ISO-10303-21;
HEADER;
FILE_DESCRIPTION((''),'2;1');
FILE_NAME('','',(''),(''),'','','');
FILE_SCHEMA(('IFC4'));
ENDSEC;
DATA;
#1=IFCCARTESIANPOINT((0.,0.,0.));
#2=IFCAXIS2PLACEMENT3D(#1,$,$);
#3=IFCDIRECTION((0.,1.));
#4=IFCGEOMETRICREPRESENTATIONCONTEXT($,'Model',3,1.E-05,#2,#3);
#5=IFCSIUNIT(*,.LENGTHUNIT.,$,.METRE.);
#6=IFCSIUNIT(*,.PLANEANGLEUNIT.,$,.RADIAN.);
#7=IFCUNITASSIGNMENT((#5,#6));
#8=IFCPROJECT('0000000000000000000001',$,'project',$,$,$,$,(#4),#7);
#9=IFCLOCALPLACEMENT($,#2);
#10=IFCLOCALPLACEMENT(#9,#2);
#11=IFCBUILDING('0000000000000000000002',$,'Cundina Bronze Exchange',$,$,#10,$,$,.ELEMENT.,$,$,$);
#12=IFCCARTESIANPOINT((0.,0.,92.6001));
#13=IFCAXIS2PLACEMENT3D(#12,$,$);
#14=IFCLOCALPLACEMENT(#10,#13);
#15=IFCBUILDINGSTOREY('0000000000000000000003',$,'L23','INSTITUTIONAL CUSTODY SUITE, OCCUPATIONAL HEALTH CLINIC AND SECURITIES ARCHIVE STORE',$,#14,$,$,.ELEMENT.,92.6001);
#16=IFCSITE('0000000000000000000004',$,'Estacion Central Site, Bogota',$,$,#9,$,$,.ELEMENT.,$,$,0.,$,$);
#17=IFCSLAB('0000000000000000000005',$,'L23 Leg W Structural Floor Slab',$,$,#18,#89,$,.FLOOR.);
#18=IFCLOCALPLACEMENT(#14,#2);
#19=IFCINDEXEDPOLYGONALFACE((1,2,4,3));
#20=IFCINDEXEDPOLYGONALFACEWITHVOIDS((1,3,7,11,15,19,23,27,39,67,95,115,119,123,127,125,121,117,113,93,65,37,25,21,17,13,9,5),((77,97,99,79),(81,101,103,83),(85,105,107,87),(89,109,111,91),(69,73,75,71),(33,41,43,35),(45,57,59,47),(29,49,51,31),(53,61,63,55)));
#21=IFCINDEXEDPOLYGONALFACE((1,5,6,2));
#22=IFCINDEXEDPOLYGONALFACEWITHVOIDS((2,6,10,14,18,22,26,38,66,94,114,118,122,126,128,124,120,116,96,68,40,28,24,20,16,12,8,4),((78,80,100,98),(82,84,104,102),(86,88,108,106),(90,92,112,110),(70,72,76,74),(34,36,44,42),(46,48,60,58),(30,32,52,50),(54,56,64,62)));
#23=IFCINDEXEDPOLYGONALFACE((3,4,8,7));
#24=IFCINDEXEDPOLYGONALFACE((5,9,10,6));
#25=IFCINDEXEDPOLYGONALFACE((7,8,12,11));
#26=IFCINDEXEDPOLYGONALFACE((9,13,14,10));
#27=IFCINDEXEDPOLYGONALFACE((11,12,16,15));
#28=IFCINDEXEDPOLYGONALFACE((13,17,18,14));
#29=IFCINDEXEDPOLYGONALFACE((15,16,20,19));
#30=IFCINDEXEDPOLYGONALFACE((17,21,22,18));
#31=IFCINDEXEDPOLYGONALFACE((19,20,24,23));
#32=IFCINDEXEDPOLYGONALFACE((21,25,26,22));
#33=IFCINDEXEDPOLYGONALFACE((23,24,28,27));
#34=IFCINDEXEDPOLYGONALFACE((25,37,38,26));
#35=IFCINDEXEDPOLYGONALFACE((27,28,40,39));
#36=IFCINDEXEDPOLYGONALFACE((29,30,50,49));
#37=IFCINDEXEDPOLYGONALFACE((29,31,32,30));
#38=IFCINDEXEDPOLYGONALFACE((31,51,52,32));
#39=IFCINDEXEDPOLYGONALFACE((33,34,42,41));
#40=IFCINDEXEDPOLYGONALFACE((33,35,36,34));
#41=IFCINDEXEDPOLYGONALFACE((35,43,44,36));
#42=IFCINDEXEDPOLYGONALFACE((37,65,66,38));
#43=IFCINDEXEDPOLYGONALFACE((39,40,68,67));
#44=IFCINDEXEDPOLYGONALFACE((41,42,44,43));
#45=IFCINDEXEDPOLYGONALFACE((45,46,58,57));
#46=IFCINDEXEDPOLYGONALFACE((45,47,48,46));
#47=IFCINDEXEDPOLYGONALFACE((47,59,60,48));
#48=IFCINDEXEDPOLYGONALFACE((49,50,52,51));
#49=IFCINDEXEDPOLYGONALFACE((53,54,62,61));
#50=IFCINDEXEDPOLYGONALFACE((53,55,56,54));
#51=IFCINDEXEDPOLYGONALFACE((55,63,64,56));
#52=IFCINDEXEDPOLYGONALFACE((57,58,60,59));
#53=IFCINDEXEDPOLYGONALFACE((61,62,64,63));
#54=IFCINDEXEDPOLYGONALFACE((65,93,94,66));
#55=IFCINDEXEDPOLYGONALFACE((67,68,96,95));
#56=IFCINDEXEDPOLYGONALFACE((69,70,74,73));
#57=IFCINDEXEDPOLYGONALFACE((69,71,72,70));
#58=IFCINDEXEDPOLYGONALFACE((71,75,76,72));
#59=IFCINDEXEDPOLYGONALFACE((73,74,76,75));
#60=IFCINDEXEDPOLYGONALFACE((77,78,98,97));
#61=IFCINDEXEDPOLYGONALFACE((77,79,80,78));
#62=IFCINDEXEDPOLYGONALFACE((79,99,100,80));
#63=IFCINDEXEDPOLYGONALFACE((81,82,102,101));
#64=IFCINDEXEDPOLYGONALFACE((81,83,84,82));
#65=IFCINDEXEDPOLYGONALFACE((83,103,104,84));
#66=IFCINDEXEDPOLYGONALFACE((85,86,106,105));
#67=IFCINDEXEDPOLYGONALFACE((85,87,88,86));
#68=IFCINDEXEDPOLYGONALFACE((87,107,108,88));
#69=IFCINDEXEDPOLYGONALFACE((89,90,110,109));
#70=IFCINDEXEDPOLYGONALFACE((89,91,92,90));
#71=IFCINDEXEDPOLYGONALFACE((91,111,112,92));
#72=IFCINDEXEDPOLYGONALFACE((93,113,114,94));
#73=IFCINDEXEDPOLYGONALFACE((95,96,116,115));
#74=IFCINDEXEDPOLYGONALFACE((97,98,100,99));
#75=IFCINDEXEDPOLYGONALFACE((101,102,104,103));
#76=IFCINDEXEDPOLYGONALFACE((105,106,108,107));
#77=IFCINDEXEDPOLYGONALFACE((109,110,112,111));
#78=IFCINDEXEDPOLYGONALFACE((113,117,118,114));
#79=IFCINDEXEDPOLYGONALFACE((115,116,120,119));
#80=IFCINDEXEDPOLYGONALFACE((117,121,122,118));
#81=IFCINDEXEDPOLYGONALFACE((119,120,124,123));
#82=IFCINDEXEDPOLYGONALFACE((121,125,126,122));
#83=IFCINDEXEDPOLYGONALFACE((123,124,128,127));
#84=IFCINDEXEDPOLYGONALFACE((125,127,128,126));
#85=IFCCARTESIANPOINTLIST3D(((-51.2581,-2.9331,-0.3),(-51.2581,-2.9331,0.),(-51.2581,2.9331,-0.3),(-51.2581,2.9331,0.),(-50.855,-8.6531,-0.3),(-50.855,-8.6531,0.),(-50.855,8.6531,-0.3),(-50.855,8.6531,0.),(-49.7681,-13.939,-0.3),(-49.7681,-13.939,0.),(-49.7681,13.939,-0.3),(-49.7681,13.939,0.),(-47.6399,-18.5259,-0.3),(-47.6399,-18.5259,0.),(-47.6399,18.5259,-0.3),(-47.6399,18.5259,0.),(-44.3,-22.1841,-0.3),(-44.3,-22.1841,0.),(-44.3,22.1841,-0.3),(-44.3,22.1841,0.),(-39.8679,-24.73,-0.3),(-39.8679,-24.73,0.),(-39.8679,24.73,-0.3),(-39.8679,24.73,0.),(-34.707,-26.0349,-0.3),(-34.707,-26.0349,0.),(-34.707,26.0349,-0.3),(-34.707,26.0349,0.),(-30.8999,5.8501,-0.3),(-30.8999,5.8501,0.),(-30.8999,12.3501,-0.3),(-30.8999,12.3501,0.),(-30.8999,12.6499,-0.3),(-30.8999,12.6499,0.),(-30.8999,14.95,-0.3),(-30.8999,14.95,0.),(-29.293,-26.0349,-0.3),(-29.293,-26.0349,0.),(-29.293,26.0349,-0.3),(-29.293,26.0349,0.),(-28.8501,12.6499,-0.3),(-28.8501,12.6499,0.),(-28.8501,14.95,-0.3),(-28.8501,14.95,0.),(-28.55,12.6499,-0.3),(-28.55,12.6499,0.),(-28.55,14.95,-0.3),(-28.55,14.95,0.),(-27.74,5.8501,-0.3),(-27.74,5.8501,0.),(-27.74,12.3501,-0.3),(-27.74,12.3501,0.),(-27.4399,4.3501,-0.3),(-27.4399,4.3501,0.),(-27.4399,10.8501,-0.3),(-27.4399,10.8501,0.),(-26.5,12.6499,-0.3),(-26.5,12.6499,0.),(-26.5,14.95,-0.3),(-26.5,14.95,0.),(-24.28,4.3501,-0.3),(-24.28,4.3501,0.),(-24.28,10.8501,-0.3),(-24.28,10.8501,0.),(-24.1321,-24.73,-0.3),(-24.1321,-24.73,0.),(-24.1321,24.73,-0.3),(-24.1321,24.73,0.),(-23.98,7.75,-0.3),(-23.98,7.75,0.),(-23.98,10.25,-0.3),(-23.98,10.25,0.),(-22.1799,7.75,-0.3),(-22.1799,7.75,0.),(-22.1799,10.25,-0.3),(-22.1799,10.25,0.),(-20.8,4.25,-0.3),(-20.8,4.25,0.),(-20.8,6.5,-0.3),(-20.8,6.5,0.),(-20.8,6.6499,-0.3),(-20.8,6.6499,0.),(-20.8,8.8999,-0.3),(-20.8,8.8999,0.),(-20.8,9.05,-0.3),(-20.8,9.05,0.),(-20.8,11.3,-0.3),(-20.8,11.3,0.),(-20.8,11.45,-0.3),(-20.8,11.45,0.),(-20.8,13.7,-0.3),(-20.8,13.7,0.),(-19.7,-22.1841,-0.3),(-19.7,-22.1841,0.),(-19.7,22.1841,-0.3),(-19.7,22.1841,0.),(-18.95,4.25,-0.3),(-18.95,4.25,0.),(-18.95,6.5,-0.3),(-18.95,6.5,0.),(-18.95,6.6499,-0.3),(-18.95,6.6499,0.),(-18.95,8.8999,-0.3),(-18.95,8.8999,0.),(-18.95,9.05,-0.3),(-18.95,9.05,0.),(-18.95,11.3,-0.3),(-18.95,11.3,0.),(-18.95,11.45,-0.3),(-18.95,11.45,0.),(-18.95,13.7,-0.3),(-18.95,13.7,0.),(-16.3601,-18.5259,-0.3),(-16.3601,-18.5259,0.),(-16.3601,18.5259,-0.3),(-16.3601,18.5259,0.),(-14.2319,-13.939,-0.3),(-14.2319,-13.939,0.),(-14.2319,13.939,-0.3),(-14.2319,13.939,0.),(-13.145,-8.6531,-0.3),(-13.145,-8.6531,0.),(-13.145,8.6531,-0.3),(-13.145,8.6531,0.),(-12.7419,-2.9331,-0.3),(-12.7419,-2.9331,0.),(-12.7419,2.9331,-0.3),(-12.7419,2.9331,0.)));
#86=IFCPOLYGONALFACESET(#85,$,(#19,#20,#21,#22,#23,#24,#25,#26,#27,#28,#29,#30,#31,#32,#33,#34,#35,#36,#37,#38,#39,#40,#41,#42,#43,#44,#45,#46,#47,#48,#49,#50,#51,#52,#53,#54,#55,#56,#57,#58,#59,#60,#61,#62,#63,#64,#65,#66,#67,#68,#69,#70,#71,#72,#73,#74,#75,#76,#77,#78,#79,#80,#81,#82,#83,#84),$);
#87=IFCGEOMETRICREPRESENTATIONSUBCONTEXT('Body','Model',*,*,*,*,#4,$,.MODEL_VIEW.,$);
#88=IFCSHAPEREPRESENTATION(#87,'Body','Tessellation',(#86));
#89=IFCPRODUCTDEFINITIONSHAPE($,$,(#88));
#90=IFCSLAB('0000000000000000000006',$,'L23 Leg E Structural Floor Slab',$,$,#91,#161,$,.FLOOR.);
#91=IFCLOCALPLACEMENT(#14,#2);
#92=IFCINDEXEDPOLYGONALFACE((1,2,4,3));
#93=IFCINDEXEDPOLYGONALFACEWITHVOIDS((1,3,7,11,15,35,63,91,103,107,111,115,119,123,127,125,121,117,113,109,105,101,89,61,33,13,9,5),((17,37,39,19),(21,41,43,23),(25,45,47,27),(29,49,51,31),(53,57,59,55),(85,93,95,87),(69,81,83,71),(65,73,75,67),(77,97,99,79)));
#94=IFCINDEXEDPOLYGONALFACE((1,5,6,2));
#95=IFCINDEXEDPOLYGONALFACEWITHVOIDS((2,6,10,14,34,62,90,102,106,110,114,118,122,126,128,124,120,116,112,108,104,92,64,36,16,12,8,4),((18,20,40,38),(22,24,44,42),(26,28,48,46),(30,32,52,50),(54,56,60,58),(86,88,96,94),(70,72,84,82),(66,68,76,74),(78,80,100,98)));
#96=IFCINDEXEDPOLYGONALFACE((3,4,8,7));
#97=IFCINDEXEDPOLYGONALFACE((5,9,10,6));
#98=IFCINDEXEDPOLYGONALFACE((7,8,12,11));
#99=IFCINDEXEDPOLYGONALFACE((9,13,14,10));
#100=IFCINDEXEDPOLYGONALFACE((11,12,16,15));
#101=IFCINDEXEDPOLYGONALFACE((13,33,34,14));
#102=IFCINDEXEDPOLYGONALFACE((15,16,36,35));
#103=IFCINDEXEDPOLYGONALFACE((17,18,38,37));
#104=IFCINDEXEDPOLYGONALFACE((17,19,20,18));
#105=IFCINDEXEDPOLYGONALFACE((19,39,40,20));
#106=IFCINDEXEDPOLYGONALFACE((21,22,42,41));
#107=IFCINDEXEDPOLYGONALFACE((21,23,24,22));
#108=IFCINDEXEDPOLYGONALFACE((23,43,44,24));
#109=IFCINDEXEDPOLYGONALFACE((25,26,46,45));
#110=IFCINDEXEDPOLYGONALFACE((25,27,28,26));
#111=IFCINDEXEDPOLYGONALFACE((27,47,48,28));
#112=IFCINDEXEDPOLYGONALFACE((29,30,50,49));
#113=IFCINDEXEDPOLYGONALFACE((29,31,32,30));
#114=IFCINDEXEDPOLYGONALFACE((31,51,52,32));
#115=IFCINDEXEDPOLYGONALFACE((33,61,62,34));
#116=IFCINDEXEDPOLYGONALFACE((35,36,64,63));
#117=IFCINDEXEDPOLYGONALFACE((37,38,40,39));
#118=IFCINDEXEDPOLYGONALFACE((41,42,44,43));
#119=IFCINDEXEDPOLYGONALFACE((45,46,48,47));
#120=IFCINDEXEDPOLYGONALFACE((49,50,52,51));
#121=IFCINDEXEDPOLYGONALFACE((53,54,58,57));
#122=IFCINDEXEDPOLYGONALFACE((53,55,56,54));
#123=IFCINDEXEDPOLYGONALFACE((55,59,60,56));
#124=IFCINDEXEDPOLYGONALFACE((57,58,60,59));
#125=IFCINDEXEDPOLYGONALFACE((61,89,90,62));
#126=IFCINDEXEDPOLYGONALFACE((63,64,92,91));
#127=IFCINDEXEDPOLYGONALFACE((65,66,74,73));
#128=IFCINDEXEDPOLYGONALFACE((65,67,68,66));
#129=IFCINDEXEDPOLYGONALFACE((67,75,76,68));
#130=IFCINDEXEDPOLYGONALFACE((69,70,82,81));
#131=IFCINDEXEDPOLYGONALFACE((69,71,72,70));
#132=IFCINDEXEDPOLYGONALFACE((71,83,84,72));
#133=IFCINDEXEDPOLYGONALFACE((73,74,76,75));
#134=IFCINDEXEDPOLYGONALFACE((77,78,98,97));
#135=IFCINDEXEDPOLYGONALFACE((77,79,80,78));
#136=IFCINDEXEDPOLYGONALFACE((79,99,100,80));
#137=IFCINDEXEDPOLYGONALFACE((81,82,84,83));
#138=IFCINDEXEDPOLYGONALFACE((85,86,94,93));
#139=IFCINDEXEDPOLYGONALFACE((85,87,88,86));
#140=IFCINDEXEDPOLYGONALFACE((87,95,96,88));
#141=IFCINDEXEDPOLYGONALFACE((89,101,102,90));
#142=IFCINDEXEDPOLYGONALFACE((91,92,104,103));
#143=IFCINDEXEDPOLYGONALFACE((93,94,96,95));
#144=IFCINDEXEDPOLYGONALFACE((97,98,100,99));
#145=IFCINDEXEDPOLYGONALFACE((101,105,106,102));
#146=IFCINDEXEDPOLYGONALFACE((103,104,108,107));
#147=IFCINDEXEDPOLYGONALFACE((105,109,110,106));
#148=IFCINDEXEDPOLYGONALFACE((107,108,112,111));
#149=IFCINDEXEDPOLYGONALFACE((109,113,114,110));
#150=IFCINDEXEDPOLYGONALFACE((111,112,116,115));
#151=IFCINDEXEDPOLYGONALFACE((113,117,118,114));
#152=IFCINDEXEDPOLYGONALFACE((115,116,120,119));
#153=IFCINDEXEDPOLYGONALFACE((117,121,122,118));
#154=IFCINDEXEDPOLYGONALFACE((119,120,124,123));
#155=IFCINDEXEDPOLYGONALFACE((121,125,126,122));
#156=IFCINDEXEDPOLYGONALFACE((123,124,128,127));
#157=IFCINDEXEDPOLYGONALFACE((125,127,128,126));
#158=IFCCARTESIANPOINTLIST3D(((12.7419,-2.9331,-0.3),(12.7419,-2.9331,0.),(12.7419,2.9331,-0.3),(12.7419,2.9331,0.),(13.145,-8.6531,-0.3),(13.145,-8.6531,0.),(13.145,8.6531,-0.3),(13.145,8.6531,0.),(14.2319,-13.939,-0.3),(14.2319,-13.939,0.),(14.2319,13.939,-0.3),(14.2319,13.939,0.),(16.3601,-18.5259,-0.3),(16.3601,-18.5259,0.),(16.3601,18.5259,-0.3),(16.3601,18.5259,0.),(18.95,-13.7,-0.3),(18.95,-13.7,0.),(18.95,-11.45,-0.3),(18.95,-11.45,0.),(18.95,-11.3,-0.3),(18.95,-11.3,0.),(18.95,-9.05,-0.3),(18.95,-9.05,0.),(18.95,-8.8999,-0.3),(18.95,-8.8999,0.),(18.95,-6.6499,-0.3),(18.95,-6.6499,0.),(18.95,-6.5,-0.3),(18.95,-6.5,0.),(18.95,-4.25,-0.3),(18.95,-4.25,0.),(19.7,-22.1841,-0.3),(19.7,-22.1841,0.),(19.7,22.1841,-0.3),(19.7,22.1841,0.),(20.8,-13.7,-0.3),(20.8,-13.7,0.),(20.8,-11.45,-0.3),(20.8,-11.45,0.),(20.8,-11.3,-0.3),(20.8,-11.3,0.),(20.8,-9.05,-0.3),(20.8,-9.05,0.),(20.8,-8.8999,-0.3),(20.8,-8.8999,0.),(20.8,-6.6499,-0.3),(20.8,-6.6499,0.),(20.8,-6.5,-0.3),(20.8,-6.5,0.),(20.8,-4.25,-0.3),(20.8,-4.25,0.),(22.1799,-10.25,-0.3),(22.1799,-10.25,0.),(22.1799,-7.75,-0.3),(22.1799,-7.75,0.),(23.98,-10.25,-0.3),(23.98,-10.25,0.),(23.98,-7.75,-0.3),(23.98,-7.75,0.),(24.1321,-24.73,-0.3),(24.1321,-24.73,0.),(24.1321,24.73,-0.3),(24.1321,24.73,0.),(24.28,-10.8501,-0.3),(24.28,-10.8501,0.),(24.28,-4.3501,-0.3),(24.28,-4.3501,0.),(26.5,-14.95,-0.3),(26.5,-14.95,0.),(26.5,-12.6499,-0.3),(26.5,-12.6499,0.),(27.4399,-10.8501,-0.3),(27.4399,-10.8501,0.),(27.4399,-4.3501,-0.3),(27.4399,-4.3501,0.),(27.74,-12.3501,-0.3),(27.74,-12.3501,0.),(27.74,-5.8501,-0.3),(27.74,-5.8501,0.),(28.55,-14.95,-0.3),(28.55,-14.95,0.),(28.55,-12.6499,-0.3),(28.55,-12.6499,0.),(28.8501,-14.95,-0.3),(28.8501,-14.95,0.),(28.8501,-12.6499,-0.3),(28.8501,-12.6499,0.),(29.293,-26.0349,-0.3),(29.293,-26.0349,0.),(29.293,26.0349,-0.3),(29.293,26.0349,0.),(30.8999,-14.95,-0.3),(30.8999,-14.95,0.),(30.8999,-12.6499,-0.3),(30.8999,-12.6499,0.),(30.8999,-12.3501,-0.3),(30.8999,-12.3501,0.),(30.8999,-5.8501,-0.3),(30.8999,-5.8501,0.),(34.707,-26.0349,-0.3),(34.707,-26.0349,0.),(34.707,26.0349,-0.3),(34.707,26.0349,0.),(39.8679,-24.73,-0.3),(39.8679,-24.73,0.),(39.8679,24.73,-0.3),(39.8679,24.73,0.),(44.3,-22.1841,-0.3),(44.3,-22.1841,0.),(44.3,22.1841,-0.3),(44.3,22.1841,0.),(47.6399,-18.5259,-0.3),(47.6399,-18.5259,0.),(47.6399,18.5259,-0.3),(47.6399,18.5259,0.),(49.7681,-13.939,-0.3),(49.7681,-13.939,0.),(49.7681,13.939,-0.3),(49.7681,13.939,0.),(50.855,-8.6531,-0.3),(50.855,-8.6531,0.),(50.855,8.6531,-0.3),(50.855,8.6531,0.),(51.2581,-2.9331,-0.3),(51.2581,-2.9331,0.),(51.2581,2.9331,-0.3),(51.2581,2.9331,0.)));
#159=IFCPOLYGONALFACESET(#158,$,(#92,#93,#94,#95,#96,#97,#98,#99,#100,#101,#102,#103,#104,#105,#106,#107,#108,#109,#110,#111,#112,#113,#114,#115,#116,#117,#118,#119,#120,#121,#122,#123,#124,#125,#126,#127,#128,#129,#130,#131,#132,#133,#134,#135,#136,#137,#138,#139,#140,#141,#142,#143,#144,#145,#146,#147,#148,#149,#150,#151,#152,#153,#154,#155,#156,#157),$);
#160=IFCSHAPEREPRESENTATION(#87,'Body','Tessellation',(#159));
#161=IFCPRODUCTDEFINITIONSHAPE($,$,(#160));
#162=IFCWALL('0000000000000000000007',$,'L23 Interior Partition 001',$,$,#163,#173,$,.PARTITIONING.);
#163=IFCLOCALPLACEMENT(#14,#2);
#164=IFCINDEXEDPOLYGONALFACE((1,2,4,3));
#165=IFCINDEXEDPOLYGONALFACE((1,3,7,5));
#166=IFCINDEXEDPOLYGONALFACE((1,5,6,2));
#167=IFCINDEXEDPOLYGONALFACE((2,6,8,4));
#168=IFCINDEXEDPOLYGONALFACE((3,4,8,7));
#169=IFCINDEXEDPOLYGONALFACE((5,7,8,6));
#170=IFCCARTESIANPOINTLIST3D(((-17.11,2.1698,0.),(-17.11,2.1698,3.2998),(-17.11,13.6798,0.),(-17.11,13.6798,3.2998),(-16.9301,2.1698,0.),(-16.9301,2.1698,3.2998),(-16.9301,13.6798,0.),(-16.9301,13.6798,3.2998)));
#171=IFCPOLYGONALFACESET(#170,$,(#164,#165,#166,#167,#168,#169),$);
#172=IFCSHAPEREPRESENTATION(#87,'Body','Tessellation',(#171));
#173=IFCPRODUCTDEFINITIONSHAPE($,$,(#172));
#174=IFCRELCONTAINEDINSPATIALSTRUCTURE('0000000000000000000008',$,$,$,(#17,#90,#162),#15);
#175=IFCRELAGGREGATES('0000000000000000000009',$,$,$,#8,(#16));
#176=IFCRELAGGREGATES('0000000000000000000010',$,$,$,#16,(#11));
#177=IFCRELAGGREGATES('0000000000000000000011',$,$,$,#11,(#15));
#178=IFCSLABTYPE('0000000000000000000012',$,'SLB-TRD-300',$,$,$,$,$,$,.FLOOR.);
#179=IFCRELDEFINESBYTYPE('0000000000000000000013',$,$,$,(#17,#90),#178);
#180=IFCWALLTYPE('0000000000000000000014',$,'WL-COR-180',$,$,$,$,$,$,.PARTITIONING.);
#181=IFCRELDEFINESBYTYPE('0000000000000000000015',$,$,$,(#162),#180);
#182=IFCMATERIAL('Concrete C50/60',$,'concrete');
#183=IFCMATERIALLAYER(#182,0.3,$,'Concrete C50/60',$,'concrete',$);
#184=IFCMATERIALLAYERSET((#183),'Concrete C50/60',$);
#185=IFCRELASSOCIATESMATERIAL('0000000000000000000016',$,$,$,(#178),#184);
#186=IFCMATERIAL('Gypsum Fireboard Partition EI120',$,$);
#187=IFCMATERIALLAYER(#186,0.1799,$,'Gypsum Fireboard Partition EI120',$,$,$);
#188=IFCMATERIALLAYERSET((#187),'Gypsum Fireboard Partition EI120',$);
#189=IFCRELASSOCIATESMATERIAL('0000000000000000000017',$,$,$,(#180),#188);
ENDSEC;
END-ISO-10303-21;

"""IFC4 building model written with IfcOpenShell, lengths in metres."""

from ifc_helpers import new_model, si_unit, direction, frame, frame_2d, origin, place, context, subcontext, project, spatial, polyline, rectangle, outline, extrude, material, layer, layer_set, type_object, element, save


model = new_model("IFC4")

# Units and contexts
model_context = context("Model", 3, precision=1e-05, world=origin(), true_north=direction((0.0, 1.0)))
body_context = subcontext(model_context, "Body", "Model", "MODEL_VIEW")
ifc_project = project(units=[si_unit("LENGTHUNIT", "METRE"), si_unit("PLANEANGLEUNIT", "RADIAN")], contexts=[model_context])

# Site, building, storey
site_placement = place(None, origin())
site = spatial("IfcSite", under=ifc_project, at=site_placement, Name="Estacion Central Site, Bogota", CompositionType="ELEMENT", RefElevation=0.0)
building_placement = place(site_placement, origin())
building = spatial("IfcBuilding", under=site, at=building_placement, Name="Cundina Bronze Exchange", CompositionType="ELEMENT")
storey_placement = place(building_placement, frame((0.0, 0.0, 92.6001)))
storey = spatial("IfcBuildingStorey", under=building, at=storey_placement, Name="L23", Description="INSTITUTIONAL CUSTODY SUITE, OCCUPATIONAL HEALTH CLINIC AND SECURITIES ARCHIVE STORE", CompositionType="ELEMENT", Elevation=92.6001)

# Slabs
ifc_material_1 = material(Name="Concrete C50/60", Category="concrete")
ifc_layer_1 = layer(ifc_material_1, 0.3, Name="Concrete C50/60", Category="concrete")
ifc_layer_set_1 = layer_set([ifc_layer_1], Name="Concrete C50/60")
slab_type_1 = type_object("IfcSlabType", Name="SLB-TRD-300", PredefinedType="FLOOR", material=ifc_layer_set_1)
slab_1_placement = place(storey_placement, frame((0.0, 0.0, -0.3)))
element("IfcSlab", 1, at=slab_1_placement, inside=storey, type_object=slab_type_1, Name="L23 Leg W Structural Floor Slab", PredefinedType="FLOOR", context=body_context, shape_type="SweptSolid", body=[
    extrude(outline(polyline([(-12.7419, 2.9331), (-13.145, 8.6531), (-14.2319, 13.939), (-16.3601, 18.5259), (-19.7, 22.1841), (-24.1321, 24.73), (-29.293, 26.0349), (-34.707, 26.0349), (-39.8679, 24.73), (-44.3, 22.1841), (-47.6399, 18.5259), (-49.7681, 13.939), (-50.855, 8.6531), (-51.2581, 2.9331), (-51.2581, -2.9331), (-50.855, -8.6531), (-49.7681, -13.939), (-47.6399, -18.5259), (-44.3, -22.1841), (-39.8679, -24.73), (-34.707, -26.0349), (-29.293, -26.0349), (-24.1321, -24.73), (-19.7, -22.1841), (-16.3601, -18.5259), (-14.2319, -13.939), (-13.145, -8.6531), (-12.7419, -2.9331), (-12.7419, 2.9331)]), holes=[polyline([(-27.74, 5.8501), (-27.74, 12.3501), (-30.8999, 12.3501), (-30.8999, 5.8501), (-27.74, 5.8501)]), polyline([(-27.4399, 10.8501), (-27.4399, 4.3501), (-24.28, 4.3501), (-24.28, 10.8501), (-27.4399, 10.8501)]), polyline([(-23.98, 10.25), (-22.1799, 10.25), (-22.1799, 7.75), (-23.98, 7.75), (-23.98, 10.25)]), polyline([(-30.8999, 14.95), (-28.8501, 14.95), (-28.8501, 12.6499), (-30.8999, 12.6499), (-30.8999, 14.95)]), polyline([(-28.55, 14.95), (-26.5, 14.95), (-26.5, 12.6499), (-28.55, 12.6499), (-28.55, 14.95)]), polyline([(-20.8, 13.7), (-18.95, 13.7), (-18.95, 11.45), (-20.8, 11.45), (-20.8, 13.7)]), polyline([(-20.8, 11.3), (-18.95, 11.3), (-18.95, 9.05), (-20.8, 9.05), (-20.8, 11.3)]), polyline([(-20.8, 8.8999), (-18.95, 8.8999), (-18.95, 6.6499), (-20.8, 6.6499), (-20.8, 8.8999)]), polyline([(-20.8, 6.5), (-18.95, 6.5), (-18.95, 4.25), (-20.8, 4.25), (-20.8, 6.5)])]), origin(), (0.0, 0.0, 1.0), 0.3),
])
slab_2_placement = place(storey_placement, frame((0.0, 0.0, -0.3)))
element("IfcSlab", 2, at=slab_2_placement, inside=storey, type_object=slab_type_1, Name="L23 Leg E Structural Floor Slab", PredefinedType="FLOOR", context=body_context, shape_type="SweptSolid", body=[
    extrude(outline(polyline([(51.2581, 2.9331), (50.855, 8.6531), (49.7681, 13.939), (47.6399, 18.5259), (44.3, 22.1841), (39.8679, 24.73), (34.707, 26.0349), (29.293, 26.0349), (24.1321, 24.73), (19.7, 22.1841), (16.3601, 18.5259), (14.2319, 13.939), (13.145, 8.6531), (12.7419, 2.9331), (12.7419, -2.9331), (13.145, -8.6531), (14.2319, -13.939), (16.3601, -18.5259), (19.7, -22.1841), (24.1321, -24.73), (29.293, -26.0349), (34.707, -26.0349), (39.8679, -24.73), (44.3, -22.1841), (47.6399, -18.5259), (49.7681, -13.939), (50.855, -8.6531), (51.2581, -2.9331), (51.2581, 2.9331)]), holes=[polyline([(27.74, -5.8501), (27.74, -12.3501), (30.8999, -12.3501), (30.8999, -5.8501), (27.74, -5.8501)]), polyline([(27.4399, -10.8501), (27.4399, -4.3501), (24.28, -4.3501), (24.28, -10.8501), (27.4399, -10.8501)]), polyline([(22.1799, -7.75), (23.98, -7.75), (23.98, -10.25), (22.1799, -10.25), (22.1799, -7.75)]), polyline([(28.8501, -12.6499), (30.8999, -12.6499), (30.8999, -14.95), (28.8501, -14.95), (28.8501, -12.6499)]), polyline([(26.5, -12.6499), (28.55, -12.6499), (28.55, -14.95), (26.5, -14.95), (26.5, -12.6499)]), polyline([(18.95, -11.45), (20.8, -11.45), (20.8, -13.7), (18.95, -13.7), (18.95, -11.45)]), polyline([(18.95, -9.05), (20.8, -9.05), (20.8, -11.3), (18.95, -11.3), (18.95, -9.05)]), polyline([(18.95, -6.6499), (20.8, -6.6499), (20.8, -8.8999), (18.95, -8.8999), (18.95, -6.6499)]), polyline([(18.95, -4.25), (20.8, -4.25), (20.8, -6.5), (18.95, -6.5), (18.95, -4.25)])]), origin(), (0.0, 0.0, 1.0), 0.3),
])

# Wall
ifc_material_2 = material(Name="Gypsum Fireboard Partition EI120")
ifc_layer_2 = layer(ifc_material_2, 0.1799, Name="Gypsum Fireboard Partition EI120")
ifc_layer_set_2 = layer_set([ifc_layer_2], Name="Gypsum Fireboard Partition EI120")
wall_type = type_object("IfcWallType", Name="WL-COR-180", PredefinedType="PARTITIONING", material=ifc_layer_set_2)
wall_1_placement = place(storey_placement, frame((-17.02, 2.1699, 0.0), z_axis=(0.0, 0.0, 1.0), x_axis=(0.0, 1.0, 0.0)))
element("IfcWall", 3, at=wall_1_placement, inside=storey, type_object=wall_type, Name="L23 Interior Partition 001", PredefinedType="PARTITIONING", context=body_context, shape_type="SweptSolid", body=[
    extrude(rectangle(XDim=11.51, YDim=0.1799, at=frame_2d((5.7549, 0.0))), origin(), (0.0, 0.0, 1.0), 3.2998),
])

save(model, "model.ifc")
